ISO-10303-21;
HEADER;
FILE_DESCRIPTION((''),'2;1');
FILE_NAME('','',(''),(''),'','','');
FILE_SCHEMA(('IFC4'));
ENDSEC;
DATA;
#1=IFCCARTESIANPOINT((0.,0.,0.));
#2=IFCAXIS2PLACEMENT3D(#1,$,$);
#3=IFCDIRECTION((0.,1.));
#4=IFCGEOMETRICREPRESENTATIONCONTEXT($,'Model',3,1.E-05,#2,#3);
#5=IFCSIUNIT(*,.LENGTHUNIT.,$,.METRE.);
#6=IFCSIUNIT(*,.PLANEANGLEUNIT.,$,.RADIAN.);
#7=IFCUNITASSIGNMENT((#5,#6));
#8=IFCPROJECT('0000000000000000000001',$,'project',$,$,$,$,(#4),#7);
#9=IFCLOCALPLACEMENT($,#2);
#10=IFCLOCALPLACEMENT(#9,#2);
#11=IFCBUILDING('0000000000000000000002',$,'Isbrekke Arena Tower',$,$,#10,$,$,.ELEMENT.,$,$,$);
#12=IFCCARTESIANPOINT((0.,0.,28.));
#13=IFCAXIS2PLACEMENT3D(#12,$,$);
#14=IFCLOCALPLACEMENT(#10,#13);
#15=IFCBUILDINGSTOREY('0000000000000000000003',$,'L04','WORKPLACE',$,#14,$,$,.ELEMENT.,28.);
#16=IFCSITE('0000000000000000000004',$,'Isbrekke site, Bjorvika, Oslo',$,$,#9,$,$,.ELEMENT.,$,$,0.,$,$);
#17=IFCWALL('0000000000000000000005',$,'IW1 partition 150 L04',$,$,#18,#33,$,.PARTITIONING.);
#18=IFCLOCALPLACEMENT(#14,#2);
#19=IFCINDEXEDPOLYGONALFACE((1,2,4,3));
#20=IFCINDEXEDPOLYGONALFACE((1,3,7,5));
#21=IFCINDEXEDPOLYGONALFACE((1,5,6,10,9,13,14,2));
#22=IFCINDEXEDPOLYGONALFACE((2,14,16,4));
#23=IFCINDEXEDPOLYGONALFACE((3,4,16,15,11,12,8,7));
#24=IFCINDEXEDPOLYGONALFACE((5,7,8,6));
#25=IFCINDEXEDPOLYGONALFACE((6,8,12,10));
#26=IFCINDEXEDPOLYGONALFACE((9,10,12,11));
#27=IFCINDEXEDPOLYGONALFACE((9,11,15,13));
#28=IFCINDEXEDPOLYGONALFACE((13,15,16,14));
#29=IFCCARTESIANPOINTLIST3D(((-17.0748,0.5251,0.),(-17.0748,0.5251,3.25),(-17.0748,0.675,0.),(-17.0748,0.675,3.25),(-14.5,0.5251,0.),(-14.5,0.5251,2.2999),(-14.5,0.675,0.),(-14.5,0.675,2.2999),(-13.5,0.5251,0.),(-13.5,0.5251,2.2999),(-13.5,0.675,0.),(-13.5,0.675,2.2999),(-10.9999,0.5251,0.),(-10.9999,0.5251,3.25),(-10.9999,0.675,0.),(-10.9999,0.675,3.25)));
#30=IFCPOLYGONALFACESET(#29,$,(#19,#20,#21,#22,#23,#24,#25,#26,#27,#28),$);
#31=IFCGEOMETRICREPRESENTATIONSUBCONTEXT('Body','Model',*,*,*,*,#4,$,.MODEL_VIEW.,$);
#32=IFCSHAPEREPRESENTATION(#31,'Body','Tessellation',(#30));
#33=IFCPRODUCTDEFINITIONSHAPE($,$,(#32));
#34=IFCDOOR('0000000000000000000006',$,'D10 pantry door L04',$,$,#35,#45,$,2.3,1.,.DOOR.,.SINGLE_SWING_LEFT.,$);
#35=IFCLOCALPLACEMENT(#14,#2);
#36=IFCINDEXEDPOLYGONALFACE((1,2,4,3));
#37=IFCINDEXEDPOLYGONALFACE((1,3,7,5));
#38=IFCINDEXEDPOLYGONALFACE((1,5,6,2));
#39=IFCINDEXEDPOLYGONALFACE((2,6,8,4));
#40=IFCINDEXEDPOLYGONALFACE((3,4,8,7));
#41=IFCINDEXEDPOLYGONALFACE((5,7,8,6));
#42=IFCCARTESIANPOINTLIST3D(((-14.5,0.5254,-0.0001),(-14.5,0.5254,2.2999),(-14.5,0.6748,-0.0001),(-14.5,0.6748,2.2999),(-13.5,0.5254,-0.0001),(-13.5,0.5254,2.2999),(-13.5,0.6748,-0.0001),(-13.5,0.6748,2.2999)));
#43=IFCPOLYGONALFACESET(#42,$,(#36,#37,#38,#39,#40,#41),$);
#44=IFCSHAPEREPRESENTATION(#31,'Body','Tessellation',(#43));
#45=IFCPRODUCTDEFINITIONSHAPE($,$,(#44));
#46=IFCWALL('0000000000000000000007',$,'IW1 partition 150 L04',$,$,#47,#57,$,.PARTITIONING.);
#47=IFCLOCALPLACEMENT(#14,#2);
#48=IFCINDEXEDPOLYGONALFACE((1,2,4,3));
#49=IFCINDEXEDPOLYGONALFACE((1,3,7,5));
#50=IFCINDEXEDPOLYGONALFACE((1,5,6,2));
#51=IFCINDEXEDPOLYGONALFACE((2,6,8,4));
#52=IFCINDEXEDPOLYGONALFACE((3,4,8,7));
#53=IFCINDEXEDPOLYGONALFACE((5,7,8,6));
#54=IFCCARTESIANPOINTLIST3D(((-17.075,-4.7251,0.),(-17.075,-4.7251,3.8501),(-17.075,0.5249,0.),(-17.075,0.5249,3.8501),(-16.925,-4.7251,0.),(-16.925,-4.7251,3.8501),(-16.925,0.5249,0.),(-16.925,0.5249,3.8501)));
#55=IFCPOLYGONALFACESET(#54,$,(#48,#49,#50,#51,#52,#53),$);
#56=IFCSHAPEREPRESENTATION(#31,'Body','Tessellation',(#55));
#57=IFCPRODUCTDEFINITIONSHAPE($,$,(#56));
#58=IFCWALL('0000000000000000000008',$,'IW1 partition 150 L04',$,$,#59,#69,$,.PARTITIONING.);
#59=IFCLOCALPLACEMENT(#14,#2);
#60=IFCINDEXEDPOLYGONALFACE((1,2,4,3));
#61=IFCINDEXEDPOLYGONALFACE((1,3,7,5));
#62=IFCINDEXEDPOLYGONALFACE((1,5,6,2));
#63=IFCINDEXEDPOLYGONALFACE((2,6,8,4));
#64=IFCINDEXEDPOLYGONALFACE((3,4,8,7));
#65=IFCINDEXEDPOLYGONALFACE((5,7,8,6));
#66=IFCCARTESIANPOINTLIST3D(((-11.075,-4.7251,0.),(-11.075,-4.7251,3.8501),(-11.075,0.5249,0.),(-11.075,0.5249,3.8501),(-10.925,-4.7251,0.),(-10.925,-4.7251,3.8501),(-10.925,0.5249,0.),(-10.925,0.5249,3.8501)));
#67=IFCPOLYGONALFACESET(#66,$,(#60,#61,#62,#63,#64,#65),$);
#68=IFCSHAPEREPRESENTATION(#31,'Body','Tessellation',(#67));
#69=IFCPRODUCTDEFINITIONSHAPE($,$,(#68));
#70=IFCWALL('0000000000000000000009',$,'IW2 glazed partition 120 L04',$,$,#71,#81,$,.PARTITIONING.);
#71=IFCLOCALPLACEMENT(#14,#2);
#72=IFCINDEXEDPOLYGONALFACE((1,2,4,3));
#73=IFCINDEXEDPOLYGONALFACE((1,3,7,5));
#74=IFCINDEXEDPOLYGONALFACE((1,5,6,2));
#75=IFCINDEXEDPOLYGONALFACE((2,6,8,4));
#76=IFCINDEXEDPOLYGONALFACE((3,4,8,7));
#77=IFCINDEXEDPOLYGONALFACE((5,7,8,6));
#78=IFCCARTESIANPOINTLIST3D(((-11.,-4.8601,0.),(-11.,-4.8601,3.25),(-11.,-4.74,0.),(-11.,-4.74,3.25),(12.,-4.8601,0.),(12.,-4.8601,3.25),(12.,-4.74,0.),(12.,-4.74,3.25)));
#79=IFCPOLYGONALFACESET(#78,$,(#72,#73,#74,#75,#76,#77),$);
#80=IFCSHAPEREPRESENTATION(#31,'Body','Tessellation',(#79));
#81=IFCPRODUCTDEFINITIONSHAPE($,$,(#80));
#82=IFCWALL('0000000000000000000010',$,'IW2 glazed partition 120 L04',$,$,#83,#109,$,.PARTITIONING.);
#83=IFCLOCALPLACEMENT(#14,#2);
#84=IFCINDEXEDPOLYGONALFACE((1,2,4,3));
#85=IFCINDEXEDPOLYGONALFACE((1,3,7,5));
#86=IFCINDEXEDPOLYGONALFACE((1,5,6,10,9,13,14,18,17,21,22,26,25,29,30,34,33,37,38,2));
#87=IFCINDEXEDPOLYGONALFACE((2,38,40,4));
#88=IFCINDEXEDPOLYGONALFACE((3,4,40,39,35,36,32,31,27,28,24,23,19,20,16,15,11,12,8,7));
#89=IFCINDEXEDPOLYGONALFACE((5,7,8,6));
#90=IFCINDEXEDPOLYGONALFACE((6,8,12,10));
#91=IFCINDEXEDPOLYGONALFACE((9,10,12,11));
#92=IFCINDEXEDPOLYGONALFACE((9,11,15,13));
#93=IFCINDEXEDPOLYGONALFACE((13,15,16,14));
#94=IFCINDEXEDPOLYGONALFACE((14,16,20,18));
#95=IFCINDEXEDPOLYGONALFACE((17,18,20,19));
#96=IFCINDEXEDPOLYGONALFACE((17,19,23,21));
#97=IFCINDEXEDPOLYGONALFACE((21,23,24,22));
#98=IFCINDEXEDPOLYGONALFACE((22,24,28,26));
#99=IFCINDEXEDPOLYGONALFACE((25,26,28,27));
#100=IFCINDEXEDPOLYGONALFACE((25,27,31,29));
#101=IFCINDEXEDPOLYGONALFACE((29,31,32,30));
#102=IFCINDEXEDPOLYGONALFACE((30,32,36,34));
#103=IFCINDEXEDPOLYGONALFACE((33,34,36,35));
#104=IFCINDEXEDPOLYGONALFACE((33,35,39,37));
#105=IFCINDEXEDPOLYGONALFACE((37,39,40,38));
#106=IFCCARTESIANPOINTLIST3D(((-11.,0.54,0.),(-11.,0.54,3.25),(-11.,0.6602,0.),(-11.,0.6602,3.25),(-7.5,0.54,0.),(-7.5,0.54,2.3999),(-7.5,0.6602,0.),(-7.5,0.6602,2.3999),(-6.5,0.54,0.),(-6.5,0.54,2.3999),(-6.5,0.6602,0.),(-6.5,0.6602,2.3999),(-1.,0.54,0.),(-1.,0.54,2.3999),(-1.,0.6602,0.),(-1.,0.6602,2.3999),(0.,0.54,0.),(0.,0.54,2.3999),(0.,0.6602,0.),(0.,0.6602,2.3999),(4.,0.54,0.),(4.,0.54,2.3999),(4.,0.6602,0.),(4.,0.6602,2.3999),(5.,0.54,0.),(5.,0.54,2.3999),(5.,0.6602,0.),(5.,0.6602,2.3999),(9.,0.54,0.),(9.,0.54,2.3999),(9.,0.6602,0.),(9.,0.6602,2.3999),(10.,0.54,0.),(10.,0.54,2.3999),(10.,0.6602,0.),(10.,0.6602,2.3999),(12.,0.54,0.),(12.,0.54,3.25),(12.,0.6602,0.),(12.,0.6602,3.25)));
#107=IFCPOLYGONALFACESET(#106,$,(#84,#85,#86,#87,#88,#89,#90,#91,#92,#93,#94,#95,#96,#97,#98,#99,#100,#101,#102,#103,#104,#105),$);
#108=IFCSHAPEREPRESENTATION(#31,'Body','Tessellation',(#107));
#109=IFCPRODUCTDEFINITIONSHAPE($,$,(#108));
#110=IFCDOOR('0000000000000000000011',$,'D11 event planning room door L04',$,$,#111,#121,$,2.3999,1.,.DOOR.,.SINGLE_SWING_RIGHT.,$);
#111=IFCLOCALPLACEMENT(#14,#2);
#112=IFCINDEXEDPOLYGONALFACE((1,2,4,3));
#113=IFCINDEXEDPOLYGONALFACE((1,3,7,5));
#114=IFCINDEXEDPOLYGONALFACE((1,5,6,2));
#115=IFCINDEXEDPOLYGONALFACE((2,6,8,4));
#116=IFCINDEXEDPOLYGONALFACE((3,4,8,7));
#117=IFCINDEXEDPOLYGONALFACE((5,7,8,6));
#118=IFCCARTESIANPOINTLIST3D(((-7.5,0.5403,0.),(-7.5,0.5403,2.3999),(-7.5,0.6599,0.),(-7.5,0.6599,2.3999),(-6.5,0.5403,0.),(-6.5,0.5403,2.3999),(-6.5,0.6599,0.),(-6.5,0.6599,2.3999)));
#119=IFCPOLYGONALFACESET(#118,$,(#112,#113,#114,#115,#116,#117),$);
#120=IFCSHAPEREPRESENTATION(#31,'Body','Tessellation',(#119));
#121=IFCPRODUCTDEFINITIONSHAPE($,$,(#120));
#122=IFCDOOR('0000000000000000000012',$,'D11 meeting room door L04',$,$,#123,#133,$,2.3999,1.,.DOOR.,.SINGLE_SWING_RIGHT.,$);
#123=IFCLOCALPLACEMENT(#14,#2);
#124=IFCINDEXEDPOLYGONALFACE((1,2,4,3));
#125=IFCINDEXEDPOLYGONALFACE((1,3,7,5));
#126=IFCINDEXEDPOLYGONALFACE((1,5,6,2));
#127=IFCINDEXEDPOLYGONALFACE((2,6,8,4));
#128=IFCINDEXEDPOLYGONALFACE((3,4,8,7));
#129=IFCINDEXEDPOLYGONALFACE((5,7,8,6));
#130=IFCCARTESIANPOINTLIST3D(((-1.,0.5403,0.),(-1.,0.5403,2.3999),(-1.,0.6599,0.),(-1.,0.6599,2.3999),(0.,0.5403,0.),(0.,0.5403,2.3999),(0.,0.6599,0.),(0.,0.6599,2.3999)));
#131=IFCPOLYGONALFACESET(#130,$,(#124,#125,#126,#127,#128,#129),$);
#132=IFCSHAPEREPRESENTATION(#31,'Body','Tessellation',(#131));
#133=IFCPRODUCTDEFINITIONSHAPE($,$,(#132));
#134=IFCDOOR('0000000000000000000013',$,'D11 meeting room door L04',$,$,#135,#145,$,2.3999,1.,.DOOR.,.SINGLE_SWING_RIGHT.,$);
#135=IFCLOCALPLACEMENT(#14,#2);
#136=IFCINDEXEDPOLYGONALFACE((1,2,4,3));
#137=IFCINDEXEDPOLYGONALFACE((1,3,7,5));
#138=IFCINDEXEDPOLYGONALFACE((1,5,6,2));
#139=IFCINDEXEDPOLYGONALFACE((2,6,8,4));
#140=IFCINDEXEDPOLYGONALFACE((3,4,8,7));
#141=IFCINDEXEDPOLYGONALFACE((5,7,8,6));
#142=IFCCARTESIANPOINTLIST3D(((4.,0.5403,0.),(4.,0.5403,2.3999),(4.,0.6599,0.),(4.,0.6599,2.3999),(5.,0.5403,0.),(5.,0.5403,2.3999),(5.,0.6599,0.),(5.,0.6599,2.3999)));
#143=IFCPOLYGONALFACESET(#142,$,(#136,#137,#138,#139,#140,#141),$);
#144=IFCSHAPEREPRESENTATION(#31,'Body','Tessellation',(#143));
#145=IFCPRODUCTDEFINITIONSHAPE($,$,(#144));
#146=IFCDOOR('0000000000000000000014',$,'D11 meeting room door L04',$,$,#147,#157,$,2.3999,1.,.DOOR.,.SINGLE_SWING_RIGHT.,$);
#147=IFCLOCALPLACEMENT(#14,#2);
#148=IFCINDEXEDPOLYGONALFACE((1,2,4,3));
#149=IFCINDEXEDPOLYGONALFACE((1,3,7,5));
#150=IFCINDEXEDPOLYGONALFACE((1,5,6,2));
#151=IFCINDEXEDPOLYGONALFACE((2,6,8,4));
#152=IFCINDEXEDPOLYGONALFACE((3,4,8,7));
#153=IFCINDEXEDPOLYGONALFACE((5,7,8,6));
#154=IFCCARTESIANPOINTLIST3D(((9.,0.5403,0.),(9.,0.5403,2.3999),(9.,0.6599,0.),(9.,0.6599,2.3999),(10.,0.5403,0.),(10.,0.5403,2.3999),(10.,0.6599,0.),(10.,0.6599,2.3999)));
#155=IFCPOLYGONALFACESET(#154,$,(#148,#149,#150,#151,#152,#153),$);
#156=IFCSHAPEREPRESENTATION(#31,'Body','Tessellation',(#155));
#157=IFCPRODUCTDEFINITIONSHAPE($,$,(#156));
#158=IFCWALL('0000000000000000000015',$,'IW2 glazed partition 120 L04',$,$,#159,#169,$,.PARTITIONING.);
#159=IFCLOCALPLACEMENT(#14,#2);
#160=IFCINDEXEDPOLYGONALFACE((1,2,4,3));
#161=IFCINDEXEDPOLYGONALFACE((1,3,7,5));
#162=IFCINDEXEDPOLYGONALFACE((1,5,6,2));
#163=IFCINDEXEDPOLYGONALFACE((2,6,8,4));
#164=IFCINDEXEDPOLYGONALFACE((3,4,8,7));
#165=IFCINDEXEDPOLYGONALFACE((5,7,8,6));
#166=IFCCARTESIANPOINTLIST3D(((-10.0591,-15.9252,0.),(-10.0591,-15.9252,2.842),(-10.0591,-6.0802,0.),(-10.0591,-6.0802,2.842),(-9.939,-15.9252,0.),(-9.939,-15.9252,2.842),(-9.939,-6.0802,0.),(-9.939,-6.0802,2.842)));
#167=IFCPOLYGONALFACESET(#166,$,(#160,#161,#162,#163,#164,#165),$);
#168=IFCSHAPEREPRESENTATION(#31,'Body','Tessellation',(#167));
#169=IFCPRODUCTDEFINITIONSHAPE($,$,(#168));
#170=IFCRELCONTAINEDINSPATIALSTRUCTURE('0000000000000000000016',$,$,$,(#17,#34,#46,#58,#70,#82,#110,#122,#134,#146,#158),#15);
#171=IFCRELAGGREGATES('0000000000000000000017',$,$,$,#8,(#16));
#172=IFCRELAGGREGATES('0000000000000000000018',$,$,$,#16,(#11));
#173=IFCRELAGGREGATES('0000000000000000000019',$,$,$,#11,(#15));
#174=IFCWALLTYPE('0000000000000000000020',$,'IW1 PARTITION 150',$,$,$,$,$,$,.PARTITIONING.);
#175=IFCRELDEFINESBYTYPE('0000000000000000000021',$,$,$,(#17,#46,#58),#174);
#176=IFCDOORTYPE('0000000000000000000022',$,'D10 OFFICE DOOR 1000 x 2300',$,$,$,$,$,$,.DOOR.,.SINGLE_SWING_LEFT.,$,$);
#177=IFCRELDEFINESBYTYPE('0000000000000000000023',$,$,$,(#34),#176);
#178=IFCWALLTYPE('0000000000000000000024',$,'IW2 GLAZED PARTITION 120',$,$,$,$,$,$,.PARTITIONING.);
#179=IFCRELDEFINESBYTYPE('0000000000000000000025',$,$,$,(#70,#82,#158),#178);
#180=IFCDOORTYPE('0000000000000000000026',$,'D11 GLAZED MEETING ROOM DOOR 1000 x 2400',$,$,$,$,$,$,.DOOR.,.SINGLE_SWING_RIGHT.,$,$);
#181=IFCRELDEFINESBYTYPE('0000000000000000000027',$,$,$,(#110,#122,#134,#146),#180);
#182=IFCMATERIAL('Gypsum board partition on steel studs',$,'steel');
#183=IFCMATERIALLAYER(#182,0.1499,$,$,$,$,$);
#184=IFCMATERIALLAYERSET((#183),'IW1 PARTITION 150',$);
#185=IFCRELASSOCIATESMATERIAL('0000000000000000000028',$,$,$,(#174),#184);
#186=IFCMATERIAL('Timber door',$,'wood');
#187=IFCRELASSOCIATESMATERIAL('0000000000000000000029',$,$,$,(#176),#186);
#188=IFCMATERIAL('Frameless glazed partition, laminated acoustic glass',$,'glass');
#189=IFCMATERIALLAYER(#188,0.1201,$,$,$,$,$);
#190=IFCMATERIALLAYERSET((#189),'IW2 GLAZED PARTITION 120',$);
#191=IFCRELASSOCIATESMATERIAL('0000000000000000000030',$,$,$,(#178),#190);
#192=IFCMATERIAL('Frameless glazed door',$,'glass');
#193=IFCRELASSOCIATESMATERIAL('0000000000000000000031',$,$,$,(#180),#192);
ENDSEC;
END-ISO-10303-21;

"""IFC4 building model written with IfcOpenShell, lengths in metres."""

from ifc_helpers import new_model, si_unit, direction, frame, frame_2d, origin, place, context, subcontext, project, spatial, rectangle, extrude, material, layer, layer_set, type_object, element, fill, save


model = new_model("IFC4")

# Units and contexts
model_context = context("Model", 3, precision=1e-05, world=origin(), true_north=direction((0.0, 1.0)))
body_context = subcontext(model_context, "Body", "Model", "MODEL_VIEW")
ifc_project = project(units=[si_unit("LENGTHUNIT", "METRE"), si_unit("PLANEANGLEUNIT", "RADIAN")], contexts=[model_context])

# Site, building, storey
site_placement = place(None, origin())
site = spatial("IfcSite", under=ifc_project, at=site_placement, Name="Isbrekke site, Bjorvika, Oslo", CompositionType="ELEMENT", RefElevation=0.0)
building_placement = place(site_placement, origin())
building = spatial("IfcBuilding", under=site, at=building_placement, Name="Isbrekke Arena Tower", CompositionType="ELEMENT")
storey_placement = place(building_placement, frame((0.0, 0.0, 28.0)))
storey = spatial("IfcBuildingStorey", under=building, at=storey_placement, Name="L04", Description="WORKPLACE", CompositionType="ELEMENT", Elevation=28.0)

# Shared definitions
ifc_material_1 = material(Name="Gypsum board partition on steel studs", Category="steel")
ifc_layer_1 = layer(ifc_material_1, 0.1499)
ifc_layer_set_1 = layer_set([ifc_layer_1], Name="IW1 PARTITION 150")
wall_type_1 = type_object("IfcWallType", Name="IW1 PARTITION 150", PredefinedType="PARTITIONING", material=ifc_layer_set_1)

# Wall, opening, door
wall_1_placement = place(storey_placement, frame((-17.075, 0.6001, 0.0), z_axis=(0.0, 0.0, 1.0), x_axis=(1.0, 0.0, 0.0)))
wall_1 = element("IfcWall", 1, at=wall_1_placement, inside=storey, type_object=wall_type_1, Name="IW1 partition 150 L04", PredefinedType="PARTITIONING", context=body_context, shape_type="SweptSolid", body=[
    extrude(rectangle(XDim=6.075, YDim=0.1499, at=frame_2d((3.0376, 0.0))), origin(), (0.0, 0.0, 1.0), 3.25),
])
opening_1_placement = place(wall_1_placement, frame((2.575, 0.0, 0.0)))
opening_1 = element("IfcOpeningElement", 2, at=opening_1_placement, cuts=wall_1, PredefinedType="OPENING", context=body_context, shape_type="SweptSolid", body=[
    extrude(rectangle(XDim=1.0, YDim=2.3, at=frame_2d((0.5, 1.1499))), frame((0.0, 0.0898, 0.0), z_axis=(0.0, -1.0, 0.0), x_axis=(1.0, 0.0, 0.0)), (0.0, 0.0, 1.0), 0.1797),
])
ifc_material_2 = material(Name="Timber door", Category="wood")
door_type_1 = type_object("IfcDoorType", Name="D10 OFFICE DOOR 1000 x 2300", OperationType="SINGLE_SWING_LEFT", PredefinedType="DOOR", material=ifc_material_2)
door_1_placement = place(opening_1_placement, origin())
door_1 = element("IfcDoor", 3, at=door_1_placement, inside=storey, type_object=door_type_1, Name="D10 pantry door L04", OperationType="SINGLE_SWING_LEFT", OverallHeight=2.3, OverallWidth=1.0, PredefinedType="DOOR", context=body_context, shape_type="SweptSolid", body=[
    extrude(rectangle(XDim=1.0, YDim=2.3, at=frame_2d((0.5, 1.1499))), frame((0.0, 0.0747, 0.0), z_axis=(0.0, -1.0, 0.0), x_axis=(1.0, 0.0, 0.0)), (0.0, 0.0, 1.0), 0.1494),
])
fill(opening_1, door_1)

# Walls
for number, where, z_axis, x_axis, name in (
    (4, (-17.0, -4.7251, 0.0), (0.0, 0.0, 1.0), (0.0, 1.0, 0.0), "IW1 partition 150 L04"),
    (5, (-11.0, -4.7251, 0.0), (0.0, 0.0, 1.0), (0.0, 1.0, 0.0), "IW1 partition 150 L04"),
):
    element("IfcWall", number, at=place(storey_placement, frame(where, z_axis=z_axis, x_axis=x_axis)), inside=storey, type_object=wall_type_1, Name=name, PredefinedType="PARTITIONING", context=body_context, shape_type="SweptSolid", body=[
        extrude(rectangle(XDim=5.25, YDim=0.1499, at=frame_2d((2.625, 0.0))), origin(), (0.0, 0.0, 1.0), 3.8501),
    ])
ifc_material_3 = material(Name="Frameless glazed partition, laminated acoustic glass", Category="glass")
ifc_layer_2 = layer(ifc_material_3, 0.1201)
ifc_layer_set_2 = layer_set([ifc_layer_2], Name="IW2 GLAZED PARTITION 120")
wall_type_2 = type_object("IfcWallType", Name="IW2 GLAZED PARTITION 120", PredefinedType="PARTITIONING", material=ifc_layer_set_2)
wall_2_placement = place(storey_placement, frame((-11.0, -4.8, 0.0), z_axis=(0.0, 0.0, 1.0), x_axis=(1.0, 0.0, 0.0)))
element("IfcWall", 6, at=wall_2_placement, inside=storey, type_object=wall_type_2, Name="IW2 glazed partition 120 L04", PredefinedType="PARTITIONING", context=body_context, shape_type="SweptSolid", body=[
    extrude(rectangle(XDim=23.0, YDim=0.1201, at=frame_2d((11.5, 0.0))), origin(), (0.0, 0.0, 1.0), 3.25),
])

# Wall, openings, doors
wall_3_placement = place(storey_placement, frame((-11.0, 0.6001, 0.0), z_axis=(0.0, 0.0, 1.0), x_axis=(1.0, 0.0, 0.0)))
wall_3 = element("IfcWall", 7, at=wall_3_placement, inside=storey, type_object=wall_type_2, Name="IW2 glazed partition 120 L04", PredefinedType="PARTITIONING", context=body_context, shape_type="SweptSolid", body=[
    extrude(rectangle(XDim=23.0, YDim=0.1201, at=frame_2d((11.5, 0.0))), origin(), (0.0, 0.0, 1.0), 3.25),
])
opening_2_placement = place(wall_3_placement, frame((3.5, 0.0, 0.0)))
opening_2 = element("IfcOpeningElement", 8, at=opening_2_placement, cuts=wall_3, PredefinedType="OPENING", context=body_context, shape_type="SweptSolid", body=[
    extrude(rectangle(XDim=1.0, YDim=2.3999, at=frame_2d((0.5, 1.2))), frame((0.0, 0.075, 0.0), z_axis=(0.0, -1.0, 0.0), x_axis=(1.0, 0.0, 0.0)), (0.0, 0.0, 1.0), 0.1499),
])
opening_3_placement = place(wall_3_placement, frame((10.0, 0.0, 0.0)))
opening_3 = element("IfcOpeningElement", 9, at=opening_3_placement, cuts=wall_3, PredefinedType="OPENING", context=body_context, shape_type="SweptSolid", body=[
    extrude(rectangle(XDim=1.0, YDim=2.3999, at=frame_2d((0.5, 1.2))), frame((0.0, 0.075, 0.0), z_axis=(0.0, -1.0, 0.0), x_axis=(1.0, 0.0, 0.0)), (0.0, 0.0, 1.0), 0.1499),
])
opening_4_placement = place(wall_3_placement, frame((15.0, 0.0, 0.0)))
opening_4 = element("IfcOpeningElement", 10, at=opening_4_placement, cuts=wall_3, PredefinedType="OPENING", context=body_context, shape_type="SweptSolid", body=[
    extrude(rectangle(XDim=1.0, YDim=2.3999, at=frame_2d((0.5, 1.2))), frame((0.0, 0.075, 0.0), z_axis=(0.0, -1.0, 0.0), x_axis=(1.0, 0.0, 0.0)), (0.0, 0.0, 1.0), 0.1499),
])
opening_5_placement = place(wall_3_placement, frame((20.0, 0.0, 0.0)))
opening_5 = element("IfcOpeningElement", 11, at=opening_5_placement, cuts=wall_3, PredefinedType="OPENING", context=body_context, shape_type="SweptSolid", body=[
    extrude(rectangle(XDim=1.0, YDim=2.3999, at=frame_2d((0.5, 1.2))), frame((0.0, 0.075, 0.0), z_axis=(0.0, -1.0, 0.0), x_axis=(1.0, 0.0, 0.0)), (0.0, 0.0, 1.0), 0.1499),
])
ifc_material_4 = material(Name="Frameless glazed door", Category="glass")
door_type_2 = type_object("IfcDoorType", Name="D11 GLAZED MEETING ROOM DOOR 1000 x 2400", OperationType="SINGLE_SWING_RIGHT", PredefinedType="DOOR", material=ifc_material_4)
door_2_placement = place(opening_2_placement, origin())
door_2 = element("IfcDoor", 12, at=door_2_placement, inside=storey, type_object=door_type_2, Name="D11 event planning room door L04", OperationType="SINGLE_SWING_RIGHT", OverallHeight=2.3999, OverallWidth=1.0, PredefinedType="DOOR", context=body_context, shape_type="SweptSolid", body=[
    extrude(rectangle(XDim=1.0, YDim=2.3999, at=frame_2d((0.5, 1.2))), frame((0.0, 0.0598, 0.0), z_axis=(0.0, -1.0, 0.0), x_axis=(1.0, 0.0, 0.0)), (0.0, 0.0, 1.0), 0.1196),
])
fill(opening_2, door_2)
door_3_placement = place(opening_3_placement, origin())
door_3 = element("IfcDoor", 13, at=door_3_placement, inside=storey, type_object=door_type_2, Name="D11 meeting room door L04", OperationType="SINGLE_SWING_RIGHT", OverallHeight=2.3999, OverallWidth=1.0, PredefinedType="DOOR", context=body_context, shape_type="SweptSolid", body=[
    extrude(rectangle(XDim=1.0, YDim=2.3999, at=frame_2d((0.5, 1.2))), frame((0.0, 0.0598, 0.0), z_axis=(0.0, -1.0, 0.0), x_axis=(1.0, 0.0, 0.0)), (0.0, 0.0, 1.0), 0.1196),
])
fill(opening_3, door_3)
door_4_placement = place(opening_4_placement, origin())
door_4 = element("IfcDoor", 14, at=door_4_placement, inside=storey, type_object=door_type_2, Name="D11 meeting room door L04", OperationType="SINGLE_SWING_RIGHT", OverallHeight=2.3999, OverallWidth=1.0, PredefinedType="DOOR", context=body_context, shape_type="SweptSolid", body=[
    extrude(rectangle(XDim=1.0, YDim=2.3999, at=frame_2d((0.5, 1.2))), frame((0.0, 0.0598, 0.0), z_axis=(0.0, -1.0, 0.0), x_axis=(1.0, 0.0, 0.0)), (0.0, 0.0, 1.0), 0.1196),
])
fill(opening_4, door_4)
door_5_placement = place(opening_5_placement, origin())
door_5 = element("IfcDoor", 15, at=door_5_placement, inside=storey, type_object=door_type_2, Name="D11 meeting room door L04", OperationType="SINGLE_SWING_RIGHT", OverallHeight=2.3999, OverallWidth=1.0, PredefinedType="DOOR", context=body_context, shape_type="SweptSolid", body=[
    extrude(rectangle(XDim=1.0, YDim=2.3999, at=frame_2d((0.5, 1.2))), frame((0.0, 0.0598, 0.0), z_axis=(0.0, -1.0, 0.0), x_axis=(1.0, 0.0, 0.0)), (0.0, 0.0, 1.0), 0.1196),
])
fill(opening_5, door_5)

# Wall
wall_4_placement = place(storey_placement, frame((-9.999, -15.925, 0.0), z_axis=(0.0, 0.0, 1.0), x_axis=(0.0, 1.0, 0.0)))
element("IfcWall", 16, at=wall_4_placement, inside=storey, type_object=wall_type_2, Name="IW2 glazed partition 120 L04", PredefinedType="PARTITIONING", context=body_context, shape_type="SweptSolid", body=[
    extrude(rectangle(XDim=9.845, YDim=0.1201, at=frame_2d((4.9224, 0.0))), origin(), (0.0, 0.0, 1.0), 2.842),
])

save(model, "model.ifc")
